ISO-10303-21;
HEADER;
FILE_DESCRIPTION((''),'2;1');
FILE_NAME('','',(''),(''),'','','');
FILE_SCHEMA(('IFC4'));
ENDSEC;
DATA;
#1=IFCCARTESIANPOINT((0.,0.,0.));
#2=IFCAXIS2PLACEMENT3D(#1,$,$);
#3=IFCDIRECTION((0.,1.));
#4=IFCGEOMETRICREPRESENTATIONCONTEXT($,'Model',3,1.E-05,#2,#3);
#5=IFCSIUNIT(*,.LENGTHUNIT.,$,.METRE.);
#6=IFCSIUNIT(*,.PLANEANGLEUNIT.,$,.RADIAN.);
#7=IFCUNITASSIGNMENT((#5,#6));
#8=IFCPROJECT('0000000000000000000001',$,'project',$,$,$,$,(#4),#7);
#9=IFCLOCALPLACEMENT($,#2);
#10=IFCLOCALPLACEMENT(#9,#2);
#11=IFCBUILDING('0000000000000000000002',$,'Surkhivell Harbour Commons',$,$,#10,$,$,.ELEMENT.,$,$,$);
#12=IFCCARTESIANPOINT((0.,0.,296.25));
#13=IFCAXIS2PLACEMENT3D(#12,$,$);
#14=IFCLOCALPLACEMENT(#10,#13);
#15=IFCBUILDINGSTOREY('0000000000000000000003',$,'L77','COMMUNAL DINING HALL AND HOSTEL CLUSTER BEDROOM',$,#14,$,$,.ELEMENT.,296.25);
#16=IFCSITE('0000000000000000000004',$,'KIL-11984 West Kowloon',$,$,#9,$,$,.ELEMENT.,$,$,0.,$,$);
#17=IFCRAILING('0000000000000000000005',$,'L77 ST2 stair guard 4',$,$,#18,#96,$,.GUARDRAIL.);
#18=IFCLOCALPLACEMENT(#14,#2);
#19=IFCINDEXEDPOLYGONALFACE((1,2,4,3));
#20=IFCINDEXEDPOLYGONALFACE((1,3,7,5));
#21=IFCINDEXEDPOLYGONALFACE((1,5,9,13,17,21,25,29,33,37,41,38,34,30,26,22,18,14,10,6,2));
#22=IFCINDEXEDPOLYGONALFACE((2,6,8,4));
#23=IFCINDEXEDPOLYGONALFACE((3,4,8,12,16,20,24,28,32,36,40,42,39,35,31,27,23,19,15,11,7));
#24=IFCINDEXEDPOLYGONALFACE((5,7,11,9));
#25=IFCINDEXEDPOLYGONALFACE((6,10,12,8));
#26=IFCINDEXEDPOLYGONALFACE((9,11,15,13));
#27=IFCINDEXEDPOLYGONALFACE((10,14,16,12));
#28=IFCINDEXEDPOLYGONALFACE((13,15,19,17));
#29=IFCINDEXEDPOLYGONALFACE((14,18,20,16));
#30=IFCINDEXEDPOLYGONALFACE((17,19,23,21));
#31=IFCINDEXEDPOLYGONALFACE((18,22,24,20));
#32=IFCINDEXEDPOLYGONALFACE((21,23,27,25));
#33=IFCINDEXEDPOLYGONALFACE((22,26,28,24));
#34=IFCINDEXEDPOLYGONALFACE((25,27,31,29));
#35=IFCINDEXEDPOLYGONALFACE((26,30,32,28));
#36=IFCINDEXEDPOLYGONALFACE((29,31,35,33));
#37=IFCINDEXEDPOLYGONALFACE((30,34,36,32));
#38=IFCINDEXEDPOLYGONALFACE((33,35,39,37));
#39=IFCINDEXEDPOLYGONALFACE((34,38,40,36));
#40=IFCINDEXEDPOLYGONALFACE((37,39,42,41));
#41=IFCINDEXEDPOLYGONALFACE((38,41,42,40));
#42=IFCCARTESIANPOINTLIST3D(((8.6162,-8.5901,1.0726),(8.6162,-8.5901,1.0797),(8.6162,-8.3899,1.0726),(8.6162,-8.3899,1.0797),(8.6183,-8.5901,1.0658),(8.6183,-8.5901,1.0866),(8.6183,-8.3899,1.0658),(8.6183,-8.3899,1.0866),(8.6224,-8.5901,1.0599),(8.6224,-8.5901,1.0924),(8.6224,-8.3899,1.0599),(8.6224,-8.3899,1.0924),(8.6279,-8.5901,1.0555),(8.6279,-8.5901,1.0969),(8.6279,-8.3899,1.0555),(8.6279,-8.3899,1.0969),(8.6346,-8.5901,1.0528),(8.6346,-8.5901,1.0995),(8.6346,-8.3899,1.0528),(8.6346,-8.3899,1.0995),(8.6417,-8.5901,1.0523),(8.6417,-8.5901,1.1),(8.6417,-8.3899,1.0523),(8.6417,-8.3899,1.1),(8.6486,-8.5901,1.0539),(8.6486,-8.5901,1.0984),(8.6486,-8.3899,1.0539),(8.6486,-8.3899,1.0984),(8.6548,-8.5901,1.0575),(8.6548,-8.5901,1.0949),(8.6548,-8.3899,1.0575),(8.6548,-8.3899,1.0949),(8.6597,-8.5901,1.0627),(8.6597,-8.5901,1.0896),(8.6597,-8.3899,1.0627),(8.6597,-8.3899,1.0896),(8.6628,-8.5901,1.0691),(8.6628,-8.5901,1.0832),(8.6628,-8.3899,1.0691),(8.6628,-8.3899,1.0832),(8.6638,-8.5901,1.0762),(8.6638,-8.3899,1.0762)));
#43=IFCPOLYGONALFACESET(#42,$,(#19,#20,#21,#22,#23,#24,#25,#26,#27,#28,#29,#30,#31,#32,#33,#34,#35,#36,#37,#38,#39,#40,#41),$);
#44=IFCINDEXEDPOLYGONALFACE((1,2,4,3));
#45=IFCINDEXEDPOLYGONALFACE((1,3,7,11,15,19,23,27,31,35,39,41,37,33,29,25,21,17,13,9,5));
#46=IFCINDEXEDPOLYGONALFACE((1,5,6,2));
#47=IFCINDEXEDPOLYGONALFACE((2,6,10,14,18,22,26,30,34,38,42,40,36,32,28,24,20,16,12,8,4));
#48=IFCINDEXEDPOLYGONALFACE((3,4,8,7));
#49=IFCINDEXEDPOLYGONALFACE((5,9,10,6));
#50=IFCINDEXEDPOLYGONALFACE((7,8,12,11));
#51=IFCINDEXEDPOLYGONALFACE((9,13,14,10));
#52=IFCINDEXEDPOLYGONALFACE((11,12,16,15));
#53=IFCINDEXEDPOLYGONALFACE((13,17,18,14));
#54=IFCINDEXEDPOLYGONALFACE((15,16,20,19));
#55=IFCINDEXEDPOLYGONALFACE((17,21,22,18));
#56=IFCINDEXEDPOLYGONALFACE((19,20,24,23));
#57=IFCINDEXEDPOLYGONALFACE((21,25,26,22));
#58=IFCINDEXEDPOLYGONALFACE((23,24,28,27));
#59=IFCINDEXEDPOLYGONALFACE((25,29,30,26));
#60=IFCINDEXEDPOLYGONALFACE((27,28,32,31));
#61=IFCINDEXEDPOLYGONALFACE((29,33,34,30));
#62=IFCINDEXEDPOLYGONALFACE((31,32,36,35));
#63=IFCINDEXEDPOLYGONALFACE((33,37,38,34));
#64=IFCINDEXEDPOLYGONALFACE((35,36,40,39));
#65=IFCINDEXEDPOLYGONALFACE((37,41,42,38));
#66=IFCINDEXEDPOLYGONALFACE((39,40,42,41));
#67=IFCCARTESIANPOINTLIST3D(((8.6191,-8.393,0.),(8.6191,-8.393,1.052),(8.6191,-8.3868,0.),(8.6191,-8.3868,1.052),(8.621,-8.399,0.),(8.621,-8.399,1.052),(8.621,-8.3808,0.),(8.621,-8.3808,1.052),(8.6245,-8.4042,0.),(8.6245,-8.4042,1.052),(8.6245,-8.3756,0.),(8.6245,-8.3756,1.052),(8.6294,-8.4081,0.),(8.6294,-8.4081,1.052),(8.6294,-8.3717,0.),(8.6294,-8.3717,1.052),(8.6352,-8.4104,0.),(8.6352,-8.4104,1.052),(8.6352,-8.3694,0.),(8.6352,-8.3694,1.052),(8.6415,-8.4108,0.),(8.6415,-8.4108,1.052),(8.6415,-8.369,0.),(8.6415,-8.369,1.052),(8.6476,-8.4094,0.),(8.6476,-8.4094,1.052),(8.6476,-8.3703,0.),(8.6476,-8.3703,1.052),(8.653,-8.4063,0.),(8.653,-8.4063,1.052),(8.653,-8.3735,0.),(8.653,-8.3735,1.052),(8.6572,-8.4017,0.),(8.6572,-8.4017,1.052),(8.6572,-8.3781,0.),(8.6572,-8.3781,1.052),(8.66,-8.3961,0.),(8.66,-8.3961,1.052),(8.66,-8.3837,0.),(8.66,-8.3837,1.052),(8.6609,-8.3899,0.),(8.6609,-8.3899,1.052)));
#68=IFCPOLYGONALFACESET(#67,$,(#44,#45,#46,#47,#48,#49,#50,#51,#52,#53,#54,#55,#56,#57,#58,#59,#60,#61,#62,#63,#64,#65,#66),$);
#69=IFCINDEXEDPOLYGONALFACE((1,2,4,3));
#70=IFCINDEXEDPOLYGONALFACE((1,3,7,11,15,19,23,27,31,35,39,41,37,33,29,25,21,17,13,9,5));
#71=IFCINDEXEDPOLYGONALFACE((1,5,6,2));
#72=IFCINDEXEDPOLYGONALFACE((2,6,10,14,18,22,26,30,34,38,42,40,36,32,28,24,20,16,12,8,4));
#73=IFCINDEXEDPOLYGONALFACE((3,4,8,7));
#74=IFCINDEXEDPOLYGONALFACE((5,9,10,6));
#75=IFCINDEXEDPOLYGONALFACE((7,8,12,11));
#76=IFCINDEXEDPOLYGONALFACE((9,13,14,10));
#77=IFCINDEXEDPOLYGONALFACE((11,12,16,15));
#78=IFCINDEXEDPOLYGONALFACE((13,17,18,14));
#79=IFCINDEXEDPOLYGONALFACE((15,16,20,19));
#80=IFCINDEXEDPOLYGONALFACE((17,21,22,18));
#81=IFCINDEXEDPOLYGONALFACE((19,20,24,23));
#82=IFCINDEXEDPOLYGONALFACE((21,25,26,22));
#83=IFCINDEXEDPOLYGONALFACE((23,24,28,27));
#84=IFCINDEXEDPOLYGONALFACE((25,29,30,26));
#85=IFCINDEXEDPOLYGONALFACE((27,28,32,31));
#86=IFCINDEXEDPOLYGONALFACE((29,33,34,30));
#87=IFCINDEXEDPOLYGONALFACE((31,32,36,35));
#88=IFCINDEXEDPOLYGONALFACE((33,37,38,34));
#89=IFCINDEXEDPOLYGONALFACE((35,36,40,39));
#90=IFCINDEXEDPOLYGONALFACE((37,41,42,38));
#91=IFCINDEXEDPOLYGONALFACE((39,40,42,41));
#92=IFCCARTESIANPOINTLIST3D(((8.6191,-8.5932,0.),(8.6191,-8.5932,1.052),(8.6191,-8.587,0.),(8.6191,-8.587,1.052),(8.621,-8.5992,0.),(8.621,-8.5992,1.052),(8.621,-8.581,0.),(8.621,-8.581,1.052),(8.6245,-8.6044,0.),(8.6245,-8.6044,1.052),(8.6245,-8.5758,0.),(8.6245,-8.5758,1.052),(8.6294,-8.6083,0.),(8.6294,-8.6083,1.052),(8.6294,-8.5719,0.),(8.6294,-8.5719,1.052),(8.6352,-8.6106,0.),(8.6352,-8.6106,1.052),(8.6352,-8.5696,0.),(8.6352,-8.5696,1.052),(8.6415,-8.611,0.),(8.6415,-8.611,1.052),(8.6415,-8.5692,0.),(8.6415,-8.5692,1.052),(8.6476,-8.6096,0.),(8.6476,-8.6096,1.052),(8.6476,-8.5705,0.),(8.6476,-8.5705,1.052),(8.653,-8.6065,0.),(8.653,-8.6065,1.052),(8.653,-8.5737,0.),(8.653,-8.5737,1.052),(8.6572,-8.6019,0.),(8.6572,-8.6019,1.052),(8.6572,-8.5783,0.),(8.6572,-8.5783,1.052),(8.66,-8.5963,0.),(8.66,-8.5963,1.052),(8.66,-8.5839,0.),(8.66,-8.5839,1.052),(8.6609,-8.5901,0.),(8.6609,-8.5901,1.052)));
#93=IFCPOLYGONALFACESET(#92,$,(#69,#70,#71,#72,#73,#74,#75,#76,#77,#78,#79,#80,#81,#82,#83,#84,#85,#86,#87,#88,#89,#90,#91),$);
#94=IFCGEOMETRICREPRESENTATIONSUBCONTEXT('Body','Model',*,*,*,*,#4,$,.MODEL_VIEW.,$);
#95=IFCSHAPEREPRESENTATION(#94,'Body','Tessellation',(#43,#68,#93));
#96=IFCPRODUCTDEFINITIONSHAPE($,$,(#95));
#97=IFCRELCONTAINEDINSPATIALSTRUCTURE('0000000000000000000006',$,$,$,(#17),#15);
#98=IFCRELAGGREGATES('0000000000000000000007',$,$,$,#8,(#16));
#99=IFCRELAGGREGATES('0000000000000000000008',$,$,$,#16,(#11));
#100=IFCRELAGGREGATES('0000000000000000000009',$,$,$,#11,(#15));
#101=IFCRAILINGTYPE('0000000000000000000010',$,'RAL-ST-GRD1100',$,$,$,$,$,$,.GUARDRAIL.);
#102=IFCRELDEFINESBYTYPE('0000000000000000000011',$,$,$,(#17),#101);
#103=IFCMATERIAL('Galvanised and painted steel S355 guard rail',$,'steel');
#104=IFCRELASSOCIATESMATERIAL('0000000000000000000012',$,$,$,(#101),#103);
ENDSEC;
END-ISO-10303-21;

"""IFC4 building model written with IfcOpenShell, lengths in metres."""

from ifc_helpers import new_model, si_unit, direction, frame, origin, origin_2d, place, context, subcontext, project, spatial, circle, extrude, material, type_object, element, save


model = new_model("IFC4")

# Units and contexts
model_context = context("Model", 3, precision=1e-05, world=origin(), true_north=direction((0.0, 1.0)))
body_context = subcontext(model_context, "Body", "Model", "MODEL_VIEW")
ifc_project = project(units=[si_unit("LENGTHUNIT", "METRE"), si_unit("PLANEANGLEUNIT", "RADIAN")], contexts=[model_context])

# Site, building, storey
site_placement = place(None, origin())
site = spatial("IfcSite", under=ifc_project, at=site_placement, Name="KIL-11984 West Kowloon", CompositionType="ELEMENT", RefElevation=0.0)
building_placement = place(site_placement, origin())
building = spatial("IfcBuilding", under=site, at=building_placement, Name="Surkhivell Harbour Commons", CompositionType="ELEMENT")
storey_placement = place(building_placement, frame((0.0, 0.0, 296.25)))
storey = spatial("IfcBuildingStorey", under=building, at=storey_placement, Name="L77", Description="COMMUNAL DINING HALL AND HOSTEL CLUSTER BEDROOM", CompositionType="ELEMENT", Elevation=296.25)

# Railing
ifc_material_1 = material(Name="Galvanised and painted steel S355 guard rail", Category="steel")
railing_type_1 = type_object("IfcRailingType", Name="RAL-ST-GRD1100", PredefinedType="GUARDRAIL", material=ifc_material_1)
railing_1_placement = place(storey_placement, frame((8.6399, -8.3899, 0.0)))
element("IfcRailing", 1, at=railing_1_placement, inside=storey, type_object=railing_type_1, Name="L77 ST2 stair guard 4", PredefinedType="GUARDRAIL", context=body_context, shape_type="SweptSolid", body=[
    extrude(circle(Radius=0.0239, at=origin_2d()), frame((0.0, 0.0, 1.0762), z_axis=(0.0, -1.0, 0.0), x_axis=(1.0, 0.0, 0.0)), (0.0, 0.0, 1.0), 0.2002),
    extrude(circle(Radius=0.021, at=origin_2d()), origin(), (0.0, 0.0, 1.0), 1.052),
    extrude(circle(Radius=0.021, at=origin_2d()), frame((0.0, -0.2002, 0.0)), (0.0, 0.0, 1.0), 1.052),
])

save(model, "model.ifc")
